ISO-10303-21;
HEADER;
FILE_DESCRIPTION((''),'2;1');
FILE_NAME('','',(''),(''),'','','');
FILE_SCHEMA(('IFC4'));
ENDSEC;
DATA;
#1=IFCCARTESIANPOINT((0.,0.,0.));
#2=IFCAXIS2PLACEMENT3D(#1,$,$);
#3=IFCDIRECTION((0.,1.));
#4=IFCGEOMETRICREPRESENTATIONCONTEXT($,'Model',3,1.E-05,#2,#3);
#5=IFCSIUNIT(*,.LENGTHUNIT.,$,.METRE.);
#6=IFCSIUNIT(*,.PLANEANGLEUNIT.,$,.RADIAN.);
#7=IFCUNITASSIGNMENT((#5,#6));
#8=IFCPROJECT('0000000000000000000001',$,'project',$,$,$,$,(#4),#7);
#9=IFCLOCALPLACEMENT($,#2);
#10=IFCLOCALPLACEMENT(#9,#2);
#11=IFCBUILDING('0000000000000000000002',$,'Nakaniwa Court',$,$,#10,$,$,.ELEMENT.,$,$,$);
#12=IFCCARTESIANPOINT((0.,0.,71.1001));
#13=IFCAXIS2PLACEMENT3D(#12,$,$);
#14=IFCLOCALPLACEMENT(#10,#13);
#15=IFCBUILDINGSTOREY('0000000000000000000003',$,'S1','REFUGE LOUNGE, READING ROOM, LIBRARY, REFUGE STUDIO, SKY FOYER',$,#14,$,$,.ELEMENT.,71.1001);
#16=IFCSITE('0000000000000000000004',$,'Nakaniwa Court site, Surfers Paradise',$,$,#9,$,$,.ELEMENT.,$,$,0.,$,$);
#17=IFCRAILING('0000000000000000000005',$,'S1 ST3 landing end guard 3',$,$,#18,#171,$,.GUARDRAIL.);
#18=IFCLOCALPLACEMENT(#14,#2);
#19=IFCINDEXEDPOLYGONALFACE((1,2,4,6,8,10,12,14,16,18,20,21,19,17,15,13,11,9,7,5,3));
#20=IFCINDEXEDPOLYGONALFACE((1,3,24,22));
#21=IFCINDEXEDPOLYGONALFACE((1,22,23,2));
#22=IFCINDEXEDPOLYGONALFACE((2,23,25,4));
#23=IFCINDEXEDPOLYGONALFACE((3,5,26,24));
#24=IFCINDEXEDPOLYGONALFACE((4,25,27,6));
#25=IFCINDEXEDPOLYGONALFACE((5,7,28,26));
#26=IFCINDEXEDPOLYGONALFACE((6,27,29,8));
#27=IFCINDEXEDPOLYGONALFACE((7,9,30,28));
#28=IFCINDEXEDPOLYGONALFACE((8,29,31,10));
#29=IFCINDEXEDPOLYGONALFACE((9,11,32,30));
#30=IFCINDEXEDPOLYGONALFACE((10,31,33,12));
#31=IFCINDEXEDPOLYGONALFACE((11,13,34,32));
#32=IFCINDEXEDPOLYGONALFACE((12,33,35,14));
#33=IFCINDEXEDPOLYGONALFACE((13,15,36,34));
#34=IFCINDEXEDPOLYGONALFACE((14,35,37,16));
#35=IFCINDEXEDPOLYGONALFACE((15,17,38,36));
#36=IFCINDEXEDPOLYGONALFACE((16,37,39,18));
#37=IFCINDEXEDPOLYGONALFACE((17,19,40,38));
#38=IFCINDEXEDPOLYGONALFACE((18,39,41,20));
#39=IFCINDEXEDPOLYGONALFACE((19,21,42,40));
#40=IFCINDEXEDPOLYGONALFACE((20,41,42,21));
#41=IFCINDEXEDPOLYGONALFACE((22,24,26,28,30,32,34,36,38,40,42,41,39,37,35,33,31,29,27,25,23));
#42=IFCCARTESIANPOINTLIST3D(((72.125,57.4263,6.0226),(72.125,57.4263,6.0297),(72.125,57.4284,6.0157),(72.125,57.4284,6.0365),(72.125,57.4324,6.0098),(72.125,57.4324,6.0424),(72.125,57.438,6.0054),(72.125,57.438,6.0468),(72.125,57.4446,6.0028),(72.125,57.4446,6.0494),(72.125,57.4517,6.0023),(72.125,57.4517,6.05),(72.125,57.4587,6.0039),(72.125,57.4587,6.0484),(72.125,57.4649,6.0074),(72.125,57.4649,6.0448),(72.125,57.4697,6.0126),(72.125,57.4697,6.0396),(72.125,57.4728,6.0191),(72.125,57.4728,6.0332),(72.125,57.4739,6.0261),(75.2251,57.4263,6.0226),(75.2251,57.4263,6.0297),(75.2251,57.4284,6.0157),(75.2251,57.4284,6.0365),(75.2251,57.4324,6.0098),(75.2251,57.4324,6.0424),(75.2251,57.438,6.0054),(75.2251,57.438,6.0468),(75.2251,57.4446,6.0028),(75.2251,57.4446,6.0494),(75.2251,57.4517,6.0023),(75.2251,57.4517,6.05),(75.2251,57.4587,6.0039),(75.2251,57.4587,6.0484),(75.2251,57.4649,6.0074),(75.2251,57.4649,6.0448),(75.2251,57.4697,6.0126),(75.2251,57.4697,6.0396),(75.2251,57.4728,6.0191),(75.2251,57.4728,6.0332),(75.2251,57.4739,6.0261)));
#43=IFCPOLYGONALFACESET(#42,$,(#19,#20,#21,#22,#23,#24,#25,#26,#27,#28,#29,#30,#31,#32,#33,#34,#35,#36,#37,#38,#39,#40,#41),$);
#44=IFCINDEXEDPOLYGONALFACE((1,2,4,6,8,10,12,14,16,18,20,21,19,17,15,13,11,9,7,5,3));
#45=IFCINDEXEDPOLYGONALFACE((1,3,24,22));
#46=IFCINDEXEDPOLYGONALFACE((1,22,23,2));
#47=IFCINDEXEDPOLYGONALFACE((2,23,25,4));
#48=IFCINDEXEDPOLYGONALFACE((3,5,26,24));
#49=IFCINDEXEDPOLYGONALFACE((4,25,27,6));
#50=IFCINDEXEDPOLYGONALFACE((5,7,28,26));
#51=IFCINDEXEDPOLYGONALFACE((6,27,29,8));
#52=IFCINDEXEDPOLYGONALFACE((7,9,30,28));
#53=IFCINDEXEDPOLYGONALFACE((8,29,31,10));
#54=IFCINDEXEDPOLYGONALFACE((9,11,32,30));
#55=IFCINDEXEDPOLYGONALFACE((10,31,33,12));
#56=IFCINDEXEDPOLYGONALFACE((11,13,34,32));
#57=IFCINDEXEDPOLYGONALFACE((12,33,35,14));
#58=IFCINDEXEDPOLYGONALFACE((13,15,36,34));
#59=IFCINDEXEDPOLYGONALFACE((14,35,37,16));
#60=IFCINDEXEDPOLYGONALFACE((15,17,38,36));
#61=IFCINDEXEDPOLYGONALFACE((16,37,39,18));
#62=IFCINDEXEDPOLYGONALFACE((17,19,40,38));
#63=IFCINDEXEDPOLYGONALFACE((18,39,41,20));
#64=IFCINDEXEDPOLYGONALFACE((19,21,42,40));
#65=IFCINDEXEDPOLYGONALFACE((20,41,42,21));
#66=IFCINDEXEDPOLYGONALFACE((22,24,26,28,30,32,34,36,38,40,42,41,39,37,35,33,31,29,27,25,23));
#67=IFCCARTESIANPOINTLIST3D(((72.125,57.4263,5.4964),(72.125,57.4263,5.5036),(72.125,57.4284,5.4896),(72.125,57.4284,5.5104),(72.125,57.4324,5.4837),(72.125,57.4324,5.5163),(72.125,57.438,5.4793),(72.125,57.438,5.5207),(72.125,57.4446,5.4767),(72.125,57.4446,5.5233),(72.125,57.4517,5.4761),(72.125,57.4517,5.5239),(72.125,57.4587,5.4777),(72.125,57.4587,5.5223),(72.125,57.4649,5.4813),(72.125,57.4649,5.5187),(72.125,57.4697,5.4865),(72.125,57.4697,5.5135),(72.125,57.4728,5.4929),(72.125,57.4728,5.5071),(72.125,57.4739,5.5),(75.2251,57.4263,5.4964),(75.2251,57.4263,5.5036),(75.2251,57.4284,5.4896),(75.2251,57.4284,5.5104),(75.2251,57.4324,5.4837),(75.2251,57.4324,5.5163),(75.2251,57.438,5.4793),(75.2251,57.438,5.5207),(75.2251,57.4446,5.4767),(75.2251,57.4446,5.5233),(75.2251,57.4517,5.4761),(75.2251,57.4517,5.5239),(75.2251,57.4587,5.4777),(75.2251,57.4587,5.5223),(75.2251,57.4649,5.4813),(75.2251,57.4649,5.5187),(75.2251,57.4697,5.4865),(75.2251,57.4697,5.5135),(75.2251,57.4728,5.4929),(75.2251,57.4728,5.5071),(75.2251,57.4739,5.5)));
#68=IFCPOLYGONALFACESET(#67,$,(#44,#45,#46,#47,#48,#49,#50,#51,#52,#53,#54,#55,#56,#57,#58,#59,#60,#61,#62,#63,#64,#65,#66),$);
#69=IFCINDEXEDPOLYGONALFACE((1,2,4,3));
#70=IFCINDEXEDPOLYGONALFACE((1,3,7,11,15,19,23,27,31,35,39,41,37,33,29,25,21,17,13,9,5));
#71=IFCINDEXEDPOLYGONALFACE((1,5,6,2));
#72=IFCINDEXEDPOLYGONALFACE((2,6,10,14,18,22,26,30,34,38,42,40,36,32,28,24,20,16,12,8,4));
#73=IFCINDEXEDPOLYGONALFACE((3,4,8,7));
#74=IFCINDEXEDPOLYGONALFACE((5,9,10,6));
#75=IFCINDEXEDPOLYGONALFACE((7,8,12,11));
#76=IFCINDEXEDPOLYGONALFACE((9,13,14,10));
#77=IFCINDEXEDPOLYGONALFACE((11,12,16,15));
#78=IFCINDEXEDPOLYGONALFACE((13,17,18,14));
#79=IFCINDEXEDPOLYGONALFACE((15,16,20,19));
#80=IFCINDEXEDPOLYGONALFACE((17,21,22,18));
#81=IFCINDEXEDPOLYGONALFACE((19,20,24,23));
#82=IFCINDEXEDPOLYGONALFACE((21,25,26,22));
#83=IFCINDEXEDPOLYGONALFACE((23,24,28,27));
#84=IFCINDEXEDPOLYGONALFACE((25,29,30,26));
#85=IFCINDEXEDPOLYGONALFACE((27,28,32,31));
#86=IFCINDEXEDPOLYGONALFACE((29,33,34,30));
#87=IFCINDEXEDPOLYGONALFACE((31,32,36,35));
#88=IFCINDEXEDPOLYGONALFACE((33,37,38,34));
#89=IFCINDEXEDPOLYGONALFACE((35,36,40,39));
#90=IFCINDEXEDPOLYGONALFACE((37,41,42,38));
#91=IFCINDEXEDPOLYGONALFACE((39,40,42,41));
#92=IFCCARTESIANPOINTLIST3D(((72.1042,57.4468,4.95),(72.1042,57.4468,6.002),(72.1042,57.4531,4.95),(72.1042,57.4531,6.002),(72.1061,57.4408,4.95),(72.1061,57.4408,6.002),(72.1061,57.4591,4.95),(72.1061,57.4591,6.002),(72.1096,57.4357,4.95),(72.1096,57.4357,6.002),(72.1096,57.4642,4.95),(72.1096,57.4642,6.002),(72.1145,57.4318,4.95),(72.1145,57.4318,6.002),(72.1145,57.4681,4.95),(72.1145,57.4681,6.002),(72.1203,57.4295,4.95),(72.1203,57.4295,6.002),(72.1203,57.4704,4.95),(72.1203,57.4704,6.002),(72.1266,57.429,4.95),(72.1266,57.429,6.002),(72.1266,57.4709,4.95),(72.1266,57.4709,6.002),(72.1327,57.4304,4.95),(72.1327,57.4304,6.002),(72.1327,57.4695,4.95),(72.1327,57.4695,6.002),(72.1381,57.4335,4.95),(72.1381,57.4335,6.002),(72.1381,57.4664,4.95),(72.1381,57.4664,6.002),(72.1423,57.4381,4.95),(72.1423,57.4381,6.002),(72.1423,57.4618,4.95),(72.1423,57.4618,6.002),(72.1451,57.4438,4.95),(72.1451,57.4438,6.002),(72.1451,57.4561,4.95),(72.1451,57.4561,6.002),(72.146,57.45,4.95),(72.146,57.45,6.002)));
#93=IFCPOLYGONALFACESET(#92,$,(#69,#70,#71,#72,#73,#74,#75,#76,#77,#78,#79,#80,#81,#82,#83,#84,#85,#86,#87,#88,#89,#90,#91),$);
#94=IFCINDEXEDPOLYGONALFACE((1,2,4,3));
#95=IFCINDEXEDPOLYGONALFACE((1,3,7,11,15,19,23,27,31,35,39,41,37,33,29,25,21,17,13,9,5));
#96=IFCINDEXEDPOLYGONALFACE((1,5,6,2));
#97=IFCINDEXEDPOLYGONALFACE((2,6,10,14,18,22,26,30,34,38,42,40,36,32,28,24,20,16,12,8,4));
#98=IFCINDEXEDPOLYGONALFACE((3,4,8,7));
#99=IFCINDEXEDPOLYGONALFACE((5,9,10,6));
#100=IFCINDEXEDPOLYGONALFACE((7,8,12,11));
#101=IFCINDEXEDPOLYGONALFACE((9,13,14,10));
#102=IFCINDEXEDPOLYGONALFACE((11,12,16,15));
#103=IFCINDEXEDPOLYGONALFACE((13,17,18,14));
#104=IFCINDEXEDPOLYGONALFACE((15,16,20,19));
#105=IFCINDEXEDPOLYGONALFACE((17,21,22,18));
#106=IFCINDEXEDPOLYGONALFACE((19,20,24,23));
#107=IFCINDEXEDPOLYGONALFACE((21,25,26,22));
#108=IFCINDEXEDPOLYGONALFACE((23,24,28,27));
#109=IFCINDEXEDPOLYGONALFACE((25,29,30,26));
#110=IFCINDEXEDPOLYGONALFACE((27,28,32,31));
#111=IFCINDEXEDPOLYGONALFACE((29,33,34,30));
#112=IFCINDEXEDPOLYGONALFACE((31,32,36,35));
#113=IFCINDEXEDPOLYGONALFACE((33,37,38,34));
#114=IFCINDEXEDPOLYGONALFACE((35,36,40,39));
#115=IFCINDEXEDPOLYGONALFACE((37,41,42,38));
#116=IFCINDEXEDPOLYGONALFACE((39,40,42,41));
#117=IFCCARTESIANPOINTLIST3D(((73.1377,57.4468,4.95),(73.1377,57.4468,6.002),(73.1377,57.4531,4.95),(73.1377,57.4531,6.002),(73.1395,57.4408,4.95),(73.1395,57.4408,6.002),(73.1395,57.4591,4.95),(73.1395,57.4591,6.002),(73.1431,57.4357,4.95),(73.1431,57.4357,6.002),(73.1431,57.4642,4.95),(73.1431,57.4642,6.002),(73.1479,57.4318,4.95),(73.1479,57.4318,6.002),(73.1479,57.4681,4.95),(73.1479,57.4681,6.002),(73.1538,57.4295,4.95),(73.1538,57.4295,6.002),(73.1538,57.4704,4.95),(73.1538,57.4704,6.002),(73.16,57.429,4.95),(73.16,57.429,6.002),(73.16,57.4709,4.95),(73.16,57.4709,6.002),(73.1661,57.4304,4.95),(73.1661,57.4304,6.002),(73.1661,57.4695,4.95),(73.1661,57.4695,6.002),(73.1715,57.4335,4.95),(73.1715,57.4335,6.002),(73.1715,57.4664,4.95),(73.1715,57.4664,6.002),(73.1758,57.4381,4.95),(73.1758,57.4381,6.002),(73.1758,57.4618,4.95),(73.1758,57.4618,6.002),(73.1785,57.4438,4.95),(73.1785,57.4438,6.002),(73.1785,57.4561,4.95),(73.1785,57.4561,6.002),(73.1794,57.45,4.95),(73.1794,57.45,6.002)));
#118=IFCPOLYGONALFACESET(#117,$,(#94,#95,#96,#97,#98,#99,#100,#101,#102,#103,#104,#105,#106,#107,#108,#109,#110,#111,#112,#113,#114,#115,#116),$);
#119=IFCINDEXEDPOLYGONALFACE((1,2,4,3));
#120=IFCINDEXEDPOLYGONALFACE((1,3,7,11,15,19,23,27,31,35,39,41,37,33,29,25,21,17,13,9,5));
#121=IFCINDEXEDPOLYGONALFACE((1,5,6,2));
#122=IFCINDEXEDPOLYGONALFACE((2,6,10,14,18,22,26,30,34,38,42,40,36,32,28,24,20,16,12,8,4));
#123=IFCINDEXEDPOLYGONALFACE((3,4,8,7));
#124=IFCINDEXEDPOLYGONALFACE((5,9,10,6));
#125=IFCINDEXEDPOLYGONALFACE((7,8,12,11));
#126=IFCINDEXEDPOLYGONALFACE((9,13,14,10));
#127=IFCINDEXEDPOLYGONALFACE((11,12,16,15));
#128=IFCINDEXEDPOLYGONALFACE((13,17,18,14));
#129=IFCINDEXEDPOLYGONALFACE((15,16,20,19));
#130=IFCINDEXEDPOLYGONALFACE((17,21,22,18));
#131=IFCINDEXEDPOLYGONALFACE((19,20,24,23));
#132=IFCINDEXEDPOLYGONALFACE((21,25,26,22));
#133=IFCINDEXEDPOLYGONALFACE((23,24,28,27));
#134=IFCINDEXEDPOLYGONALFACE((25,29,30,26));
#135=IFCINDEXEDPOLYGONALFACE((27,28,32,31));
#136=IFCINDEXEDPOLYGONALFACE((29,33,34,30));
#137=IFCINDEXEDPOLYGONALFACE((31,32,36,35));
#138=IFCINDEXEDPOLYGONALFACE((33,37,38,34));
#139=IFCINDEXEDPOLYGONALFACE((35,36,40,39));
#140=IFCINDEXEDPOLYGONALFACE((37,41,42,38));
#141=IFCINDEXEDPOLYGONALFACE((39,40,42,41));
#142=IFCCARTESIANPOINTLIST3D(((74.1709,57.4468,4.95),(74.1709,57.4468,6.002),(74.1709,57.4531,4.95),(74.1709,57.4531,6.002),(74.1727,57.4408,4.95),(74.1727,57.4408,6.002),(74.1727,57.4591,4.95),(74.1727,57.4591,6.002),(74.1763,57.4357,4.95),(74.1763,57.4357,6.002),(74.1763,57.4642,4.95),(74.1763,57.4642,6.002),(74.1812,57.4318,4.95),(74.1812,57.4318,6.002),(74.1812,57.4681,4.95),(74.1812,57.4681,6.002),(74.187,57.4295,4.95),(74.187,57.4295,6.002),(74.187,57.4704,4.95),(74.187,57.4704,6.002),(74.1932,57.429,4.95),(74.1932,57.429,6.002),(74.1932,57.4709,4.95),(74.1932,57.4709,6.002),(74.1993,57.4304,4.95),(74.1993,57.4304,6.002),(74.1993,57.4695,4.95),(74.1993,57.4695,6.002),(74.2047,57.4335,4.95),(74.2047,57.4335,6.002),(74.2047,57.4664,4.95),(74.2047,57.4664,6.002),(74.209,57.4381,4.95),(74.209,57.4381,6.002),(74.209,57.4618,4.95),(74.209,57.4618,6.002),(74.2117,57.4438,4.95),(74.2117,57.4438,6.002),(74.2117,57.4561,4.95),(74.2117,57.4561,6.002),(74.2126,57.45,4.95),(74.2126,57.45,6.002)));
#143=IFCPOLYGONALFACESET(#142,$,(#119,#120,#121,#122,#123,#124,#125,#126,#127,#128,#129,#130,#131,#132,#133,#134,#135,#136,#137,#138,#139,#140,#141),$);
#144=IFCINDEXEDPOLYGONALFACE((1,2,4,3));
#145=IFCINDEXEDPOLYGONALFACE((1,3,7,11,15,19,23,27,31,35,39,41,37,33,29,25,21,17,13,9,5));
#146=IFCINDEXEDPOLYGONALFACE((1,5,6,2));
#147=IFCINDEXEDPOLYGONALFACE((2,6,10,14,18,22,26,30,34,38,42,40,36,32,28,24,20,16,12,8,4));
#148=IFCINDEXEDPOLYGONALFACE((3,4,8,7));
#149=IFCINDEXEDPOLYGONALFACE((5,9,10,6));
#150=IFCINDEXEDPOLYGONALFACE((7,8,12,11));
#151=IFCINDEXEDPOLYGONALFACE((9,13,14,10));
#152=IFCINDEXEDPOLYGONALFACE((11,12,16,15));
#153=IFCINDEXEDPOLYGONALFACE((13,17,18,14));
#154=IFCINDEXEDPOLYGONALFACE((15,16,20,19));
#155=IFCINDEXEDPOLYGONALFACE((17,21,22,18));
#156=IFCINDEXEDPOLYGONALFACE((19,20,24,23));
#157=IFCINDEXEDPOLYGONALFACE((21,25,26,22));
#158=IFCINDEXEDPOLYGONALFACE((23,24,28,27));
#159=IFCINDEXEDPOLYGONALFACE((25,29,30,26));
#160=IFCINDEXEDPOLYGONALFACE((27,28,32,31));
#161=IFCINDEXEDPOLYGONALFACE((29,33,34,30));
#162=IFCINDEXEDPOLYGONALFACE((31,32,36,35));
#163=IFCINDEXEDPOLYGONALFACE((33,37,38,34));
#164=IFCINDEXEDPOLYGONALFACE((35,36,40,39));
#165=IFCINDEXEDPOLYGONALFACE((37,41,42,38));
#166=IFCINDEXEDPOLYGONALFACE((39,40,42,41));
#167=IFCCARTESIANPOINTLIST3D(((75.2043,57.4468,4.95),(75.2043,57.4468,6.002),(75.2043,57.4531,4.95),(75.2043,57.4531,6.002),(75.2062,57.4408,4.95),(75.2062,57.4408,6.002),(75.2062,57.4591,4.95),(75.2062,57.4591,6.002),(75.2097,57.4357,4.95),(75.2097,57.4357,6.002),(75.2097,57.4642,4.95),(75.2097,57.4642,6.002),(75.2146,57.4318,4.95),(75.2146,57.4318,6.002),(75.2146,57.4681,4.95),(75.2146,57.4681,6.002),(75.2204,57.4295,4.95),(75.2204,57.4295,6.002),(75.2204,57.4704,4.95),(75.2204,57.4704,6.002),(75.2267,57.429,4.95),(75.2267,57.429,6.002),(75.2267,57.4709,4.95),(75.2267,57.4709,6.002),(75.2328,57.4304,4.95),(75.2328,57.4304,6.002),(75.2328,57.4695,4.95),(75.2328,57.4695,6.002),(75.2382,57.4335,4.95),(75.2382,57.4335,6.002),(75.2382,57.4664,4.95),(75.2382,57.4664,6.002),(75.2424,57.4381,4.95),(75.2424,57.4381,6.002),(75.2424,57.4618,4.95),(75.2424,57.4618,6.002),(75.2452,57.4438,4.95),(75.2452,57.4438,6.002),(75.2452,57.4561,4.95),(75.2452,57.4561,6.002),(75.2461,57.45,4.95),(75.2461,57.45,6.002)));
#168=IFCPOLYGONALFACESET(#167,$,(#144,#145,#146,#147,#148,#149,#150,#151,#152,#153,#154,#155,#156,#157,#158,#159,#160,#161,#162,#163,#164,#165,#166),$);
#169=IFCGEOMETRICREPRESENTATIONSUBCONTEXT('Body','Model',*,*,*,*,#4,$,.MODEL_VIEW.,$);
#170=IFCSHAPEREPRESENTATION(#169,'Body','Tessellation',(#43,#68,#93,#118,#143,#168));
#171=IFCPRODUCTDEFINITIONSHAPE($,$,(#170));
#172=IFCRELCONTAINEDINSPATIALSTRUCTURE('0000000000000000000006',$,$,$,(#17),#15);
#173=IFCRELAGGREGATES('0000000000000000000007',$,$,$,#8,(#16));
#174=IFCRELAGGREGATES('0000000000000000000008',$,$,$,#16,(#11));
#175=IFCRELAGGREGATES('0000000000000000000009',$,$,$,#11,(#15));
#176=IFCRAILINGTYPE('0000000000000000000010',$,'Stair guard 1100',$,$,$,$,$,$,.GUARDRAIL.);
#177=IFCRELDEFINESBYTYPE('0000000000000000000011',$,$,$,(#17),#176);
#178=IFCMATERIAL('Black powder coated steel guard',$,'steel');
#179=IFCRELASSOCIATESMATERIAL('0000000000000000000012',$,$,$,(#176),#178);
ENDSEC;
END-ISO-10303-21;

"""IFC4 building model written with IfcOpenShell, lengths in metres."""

from ifc_helpers import new_model, si_unit, direction, frame, origin, origin_2d, place, context, subcontext, project, spatial, circle, extrude, material, type_object, element, save


model = new_model("IFC4")

# Units and contexts
model_context = context("Model", 3, precision=1e-05, world=origin(), true_north=direction((0.0, 1.0)))
body_context = subcontext(model_context, "Body", "Model", "MODEL_VIEW")
ifc_project = project(units=[si_unit("LENGTHUNIT", "METRE"), si_unit("PLANEANGLEUNIT", "RADIAN")], contexts=[model_context])

# Site, building, storey
site_placement = place(None, origin())
site = spatial("IfcSite", under=ifc_project, at=site_placement, Name="Nakaniwa Court site, Surfers Paradise", CompositionType="ELEMENT", RefElevation=0.0)
building_placement = place(site_placement, origin())
building = spatial("IfcBuilding", under=site, at=building_placement, Name="Nakaniwa Court", CompositionType="ELEMENT")
storey_placement = place(building_placement, frame((0.0, 0.0, 71.1001)))
storey = spatial("IfcBuildingStorey", under=building, at=storey_placement, Name="S1", Description="REFUGE LOUNGE, READING ROOM, LIBRARY, REFUGE STUDIO, SKY FOYER", CompositionType="ELEMENT", Elevation=71.1001)

# Railing
ifc_material_1 = material(Name="Black powder coated steel guard", Category="steel")
railing_type_1 = type_object("IfcRailingType", Name="Stair guard 1100", PredefinedType="GUARDRAIL", material=ifc_material_1)
railing_1_placement = place(storey_placement, frame((72.125, 57.45, 4.95)))
element("IfcRailing", 1, at=railing_1_placement, inside=storey, type_object=railing_type_1, Name="S1 ST3 landing end guard 3", PredefinedType="GUARDRAIL", context=body_context, shape_type="SweptSolid", body=[
    extrude(circle(Radius=0.0239, at=origin_2d()), frame((0.0, 0.0, 1.0762), z_axis=(1.0, 0.0, 0.0), x_axis=(0.0, 1.0, 0.0)), (0.0, 0.0, 1.0), 3.1001),
    extrude(circle(Radius=0.0239, at=origin_2d()), frame((0.0, 0.0, 0.55), z_axis=(1.0, 0.0, 0.0), x_axis=(0.0, 1.0, 0.0)), (0.0, 0.0, 1.0), 3.1001),
    extrude(circle(Radius=0.021, at=origin_2d()), origin(), (0.0, 0.0, 1.0), 1.052),
    extrude(circle(Radius=0.021, at=origin_2d()), frame((1.0334, 0.0, 0.0)), (0.0, 0.0, 1.0), 1.052),
    extrude(circle(Radius=0.021, at=origin_2d()), frame((2.0667, 0.0, 0.0)), (0.0, 0.0, 1.0), 1.052),
    extrude(circle(Radius=0.021, at=origin_2d()), frame((3.1001, 0.0, 0.0)), (0.0, 0.0, 1.0), 1.052),
])

save(model, "model.ifc")
